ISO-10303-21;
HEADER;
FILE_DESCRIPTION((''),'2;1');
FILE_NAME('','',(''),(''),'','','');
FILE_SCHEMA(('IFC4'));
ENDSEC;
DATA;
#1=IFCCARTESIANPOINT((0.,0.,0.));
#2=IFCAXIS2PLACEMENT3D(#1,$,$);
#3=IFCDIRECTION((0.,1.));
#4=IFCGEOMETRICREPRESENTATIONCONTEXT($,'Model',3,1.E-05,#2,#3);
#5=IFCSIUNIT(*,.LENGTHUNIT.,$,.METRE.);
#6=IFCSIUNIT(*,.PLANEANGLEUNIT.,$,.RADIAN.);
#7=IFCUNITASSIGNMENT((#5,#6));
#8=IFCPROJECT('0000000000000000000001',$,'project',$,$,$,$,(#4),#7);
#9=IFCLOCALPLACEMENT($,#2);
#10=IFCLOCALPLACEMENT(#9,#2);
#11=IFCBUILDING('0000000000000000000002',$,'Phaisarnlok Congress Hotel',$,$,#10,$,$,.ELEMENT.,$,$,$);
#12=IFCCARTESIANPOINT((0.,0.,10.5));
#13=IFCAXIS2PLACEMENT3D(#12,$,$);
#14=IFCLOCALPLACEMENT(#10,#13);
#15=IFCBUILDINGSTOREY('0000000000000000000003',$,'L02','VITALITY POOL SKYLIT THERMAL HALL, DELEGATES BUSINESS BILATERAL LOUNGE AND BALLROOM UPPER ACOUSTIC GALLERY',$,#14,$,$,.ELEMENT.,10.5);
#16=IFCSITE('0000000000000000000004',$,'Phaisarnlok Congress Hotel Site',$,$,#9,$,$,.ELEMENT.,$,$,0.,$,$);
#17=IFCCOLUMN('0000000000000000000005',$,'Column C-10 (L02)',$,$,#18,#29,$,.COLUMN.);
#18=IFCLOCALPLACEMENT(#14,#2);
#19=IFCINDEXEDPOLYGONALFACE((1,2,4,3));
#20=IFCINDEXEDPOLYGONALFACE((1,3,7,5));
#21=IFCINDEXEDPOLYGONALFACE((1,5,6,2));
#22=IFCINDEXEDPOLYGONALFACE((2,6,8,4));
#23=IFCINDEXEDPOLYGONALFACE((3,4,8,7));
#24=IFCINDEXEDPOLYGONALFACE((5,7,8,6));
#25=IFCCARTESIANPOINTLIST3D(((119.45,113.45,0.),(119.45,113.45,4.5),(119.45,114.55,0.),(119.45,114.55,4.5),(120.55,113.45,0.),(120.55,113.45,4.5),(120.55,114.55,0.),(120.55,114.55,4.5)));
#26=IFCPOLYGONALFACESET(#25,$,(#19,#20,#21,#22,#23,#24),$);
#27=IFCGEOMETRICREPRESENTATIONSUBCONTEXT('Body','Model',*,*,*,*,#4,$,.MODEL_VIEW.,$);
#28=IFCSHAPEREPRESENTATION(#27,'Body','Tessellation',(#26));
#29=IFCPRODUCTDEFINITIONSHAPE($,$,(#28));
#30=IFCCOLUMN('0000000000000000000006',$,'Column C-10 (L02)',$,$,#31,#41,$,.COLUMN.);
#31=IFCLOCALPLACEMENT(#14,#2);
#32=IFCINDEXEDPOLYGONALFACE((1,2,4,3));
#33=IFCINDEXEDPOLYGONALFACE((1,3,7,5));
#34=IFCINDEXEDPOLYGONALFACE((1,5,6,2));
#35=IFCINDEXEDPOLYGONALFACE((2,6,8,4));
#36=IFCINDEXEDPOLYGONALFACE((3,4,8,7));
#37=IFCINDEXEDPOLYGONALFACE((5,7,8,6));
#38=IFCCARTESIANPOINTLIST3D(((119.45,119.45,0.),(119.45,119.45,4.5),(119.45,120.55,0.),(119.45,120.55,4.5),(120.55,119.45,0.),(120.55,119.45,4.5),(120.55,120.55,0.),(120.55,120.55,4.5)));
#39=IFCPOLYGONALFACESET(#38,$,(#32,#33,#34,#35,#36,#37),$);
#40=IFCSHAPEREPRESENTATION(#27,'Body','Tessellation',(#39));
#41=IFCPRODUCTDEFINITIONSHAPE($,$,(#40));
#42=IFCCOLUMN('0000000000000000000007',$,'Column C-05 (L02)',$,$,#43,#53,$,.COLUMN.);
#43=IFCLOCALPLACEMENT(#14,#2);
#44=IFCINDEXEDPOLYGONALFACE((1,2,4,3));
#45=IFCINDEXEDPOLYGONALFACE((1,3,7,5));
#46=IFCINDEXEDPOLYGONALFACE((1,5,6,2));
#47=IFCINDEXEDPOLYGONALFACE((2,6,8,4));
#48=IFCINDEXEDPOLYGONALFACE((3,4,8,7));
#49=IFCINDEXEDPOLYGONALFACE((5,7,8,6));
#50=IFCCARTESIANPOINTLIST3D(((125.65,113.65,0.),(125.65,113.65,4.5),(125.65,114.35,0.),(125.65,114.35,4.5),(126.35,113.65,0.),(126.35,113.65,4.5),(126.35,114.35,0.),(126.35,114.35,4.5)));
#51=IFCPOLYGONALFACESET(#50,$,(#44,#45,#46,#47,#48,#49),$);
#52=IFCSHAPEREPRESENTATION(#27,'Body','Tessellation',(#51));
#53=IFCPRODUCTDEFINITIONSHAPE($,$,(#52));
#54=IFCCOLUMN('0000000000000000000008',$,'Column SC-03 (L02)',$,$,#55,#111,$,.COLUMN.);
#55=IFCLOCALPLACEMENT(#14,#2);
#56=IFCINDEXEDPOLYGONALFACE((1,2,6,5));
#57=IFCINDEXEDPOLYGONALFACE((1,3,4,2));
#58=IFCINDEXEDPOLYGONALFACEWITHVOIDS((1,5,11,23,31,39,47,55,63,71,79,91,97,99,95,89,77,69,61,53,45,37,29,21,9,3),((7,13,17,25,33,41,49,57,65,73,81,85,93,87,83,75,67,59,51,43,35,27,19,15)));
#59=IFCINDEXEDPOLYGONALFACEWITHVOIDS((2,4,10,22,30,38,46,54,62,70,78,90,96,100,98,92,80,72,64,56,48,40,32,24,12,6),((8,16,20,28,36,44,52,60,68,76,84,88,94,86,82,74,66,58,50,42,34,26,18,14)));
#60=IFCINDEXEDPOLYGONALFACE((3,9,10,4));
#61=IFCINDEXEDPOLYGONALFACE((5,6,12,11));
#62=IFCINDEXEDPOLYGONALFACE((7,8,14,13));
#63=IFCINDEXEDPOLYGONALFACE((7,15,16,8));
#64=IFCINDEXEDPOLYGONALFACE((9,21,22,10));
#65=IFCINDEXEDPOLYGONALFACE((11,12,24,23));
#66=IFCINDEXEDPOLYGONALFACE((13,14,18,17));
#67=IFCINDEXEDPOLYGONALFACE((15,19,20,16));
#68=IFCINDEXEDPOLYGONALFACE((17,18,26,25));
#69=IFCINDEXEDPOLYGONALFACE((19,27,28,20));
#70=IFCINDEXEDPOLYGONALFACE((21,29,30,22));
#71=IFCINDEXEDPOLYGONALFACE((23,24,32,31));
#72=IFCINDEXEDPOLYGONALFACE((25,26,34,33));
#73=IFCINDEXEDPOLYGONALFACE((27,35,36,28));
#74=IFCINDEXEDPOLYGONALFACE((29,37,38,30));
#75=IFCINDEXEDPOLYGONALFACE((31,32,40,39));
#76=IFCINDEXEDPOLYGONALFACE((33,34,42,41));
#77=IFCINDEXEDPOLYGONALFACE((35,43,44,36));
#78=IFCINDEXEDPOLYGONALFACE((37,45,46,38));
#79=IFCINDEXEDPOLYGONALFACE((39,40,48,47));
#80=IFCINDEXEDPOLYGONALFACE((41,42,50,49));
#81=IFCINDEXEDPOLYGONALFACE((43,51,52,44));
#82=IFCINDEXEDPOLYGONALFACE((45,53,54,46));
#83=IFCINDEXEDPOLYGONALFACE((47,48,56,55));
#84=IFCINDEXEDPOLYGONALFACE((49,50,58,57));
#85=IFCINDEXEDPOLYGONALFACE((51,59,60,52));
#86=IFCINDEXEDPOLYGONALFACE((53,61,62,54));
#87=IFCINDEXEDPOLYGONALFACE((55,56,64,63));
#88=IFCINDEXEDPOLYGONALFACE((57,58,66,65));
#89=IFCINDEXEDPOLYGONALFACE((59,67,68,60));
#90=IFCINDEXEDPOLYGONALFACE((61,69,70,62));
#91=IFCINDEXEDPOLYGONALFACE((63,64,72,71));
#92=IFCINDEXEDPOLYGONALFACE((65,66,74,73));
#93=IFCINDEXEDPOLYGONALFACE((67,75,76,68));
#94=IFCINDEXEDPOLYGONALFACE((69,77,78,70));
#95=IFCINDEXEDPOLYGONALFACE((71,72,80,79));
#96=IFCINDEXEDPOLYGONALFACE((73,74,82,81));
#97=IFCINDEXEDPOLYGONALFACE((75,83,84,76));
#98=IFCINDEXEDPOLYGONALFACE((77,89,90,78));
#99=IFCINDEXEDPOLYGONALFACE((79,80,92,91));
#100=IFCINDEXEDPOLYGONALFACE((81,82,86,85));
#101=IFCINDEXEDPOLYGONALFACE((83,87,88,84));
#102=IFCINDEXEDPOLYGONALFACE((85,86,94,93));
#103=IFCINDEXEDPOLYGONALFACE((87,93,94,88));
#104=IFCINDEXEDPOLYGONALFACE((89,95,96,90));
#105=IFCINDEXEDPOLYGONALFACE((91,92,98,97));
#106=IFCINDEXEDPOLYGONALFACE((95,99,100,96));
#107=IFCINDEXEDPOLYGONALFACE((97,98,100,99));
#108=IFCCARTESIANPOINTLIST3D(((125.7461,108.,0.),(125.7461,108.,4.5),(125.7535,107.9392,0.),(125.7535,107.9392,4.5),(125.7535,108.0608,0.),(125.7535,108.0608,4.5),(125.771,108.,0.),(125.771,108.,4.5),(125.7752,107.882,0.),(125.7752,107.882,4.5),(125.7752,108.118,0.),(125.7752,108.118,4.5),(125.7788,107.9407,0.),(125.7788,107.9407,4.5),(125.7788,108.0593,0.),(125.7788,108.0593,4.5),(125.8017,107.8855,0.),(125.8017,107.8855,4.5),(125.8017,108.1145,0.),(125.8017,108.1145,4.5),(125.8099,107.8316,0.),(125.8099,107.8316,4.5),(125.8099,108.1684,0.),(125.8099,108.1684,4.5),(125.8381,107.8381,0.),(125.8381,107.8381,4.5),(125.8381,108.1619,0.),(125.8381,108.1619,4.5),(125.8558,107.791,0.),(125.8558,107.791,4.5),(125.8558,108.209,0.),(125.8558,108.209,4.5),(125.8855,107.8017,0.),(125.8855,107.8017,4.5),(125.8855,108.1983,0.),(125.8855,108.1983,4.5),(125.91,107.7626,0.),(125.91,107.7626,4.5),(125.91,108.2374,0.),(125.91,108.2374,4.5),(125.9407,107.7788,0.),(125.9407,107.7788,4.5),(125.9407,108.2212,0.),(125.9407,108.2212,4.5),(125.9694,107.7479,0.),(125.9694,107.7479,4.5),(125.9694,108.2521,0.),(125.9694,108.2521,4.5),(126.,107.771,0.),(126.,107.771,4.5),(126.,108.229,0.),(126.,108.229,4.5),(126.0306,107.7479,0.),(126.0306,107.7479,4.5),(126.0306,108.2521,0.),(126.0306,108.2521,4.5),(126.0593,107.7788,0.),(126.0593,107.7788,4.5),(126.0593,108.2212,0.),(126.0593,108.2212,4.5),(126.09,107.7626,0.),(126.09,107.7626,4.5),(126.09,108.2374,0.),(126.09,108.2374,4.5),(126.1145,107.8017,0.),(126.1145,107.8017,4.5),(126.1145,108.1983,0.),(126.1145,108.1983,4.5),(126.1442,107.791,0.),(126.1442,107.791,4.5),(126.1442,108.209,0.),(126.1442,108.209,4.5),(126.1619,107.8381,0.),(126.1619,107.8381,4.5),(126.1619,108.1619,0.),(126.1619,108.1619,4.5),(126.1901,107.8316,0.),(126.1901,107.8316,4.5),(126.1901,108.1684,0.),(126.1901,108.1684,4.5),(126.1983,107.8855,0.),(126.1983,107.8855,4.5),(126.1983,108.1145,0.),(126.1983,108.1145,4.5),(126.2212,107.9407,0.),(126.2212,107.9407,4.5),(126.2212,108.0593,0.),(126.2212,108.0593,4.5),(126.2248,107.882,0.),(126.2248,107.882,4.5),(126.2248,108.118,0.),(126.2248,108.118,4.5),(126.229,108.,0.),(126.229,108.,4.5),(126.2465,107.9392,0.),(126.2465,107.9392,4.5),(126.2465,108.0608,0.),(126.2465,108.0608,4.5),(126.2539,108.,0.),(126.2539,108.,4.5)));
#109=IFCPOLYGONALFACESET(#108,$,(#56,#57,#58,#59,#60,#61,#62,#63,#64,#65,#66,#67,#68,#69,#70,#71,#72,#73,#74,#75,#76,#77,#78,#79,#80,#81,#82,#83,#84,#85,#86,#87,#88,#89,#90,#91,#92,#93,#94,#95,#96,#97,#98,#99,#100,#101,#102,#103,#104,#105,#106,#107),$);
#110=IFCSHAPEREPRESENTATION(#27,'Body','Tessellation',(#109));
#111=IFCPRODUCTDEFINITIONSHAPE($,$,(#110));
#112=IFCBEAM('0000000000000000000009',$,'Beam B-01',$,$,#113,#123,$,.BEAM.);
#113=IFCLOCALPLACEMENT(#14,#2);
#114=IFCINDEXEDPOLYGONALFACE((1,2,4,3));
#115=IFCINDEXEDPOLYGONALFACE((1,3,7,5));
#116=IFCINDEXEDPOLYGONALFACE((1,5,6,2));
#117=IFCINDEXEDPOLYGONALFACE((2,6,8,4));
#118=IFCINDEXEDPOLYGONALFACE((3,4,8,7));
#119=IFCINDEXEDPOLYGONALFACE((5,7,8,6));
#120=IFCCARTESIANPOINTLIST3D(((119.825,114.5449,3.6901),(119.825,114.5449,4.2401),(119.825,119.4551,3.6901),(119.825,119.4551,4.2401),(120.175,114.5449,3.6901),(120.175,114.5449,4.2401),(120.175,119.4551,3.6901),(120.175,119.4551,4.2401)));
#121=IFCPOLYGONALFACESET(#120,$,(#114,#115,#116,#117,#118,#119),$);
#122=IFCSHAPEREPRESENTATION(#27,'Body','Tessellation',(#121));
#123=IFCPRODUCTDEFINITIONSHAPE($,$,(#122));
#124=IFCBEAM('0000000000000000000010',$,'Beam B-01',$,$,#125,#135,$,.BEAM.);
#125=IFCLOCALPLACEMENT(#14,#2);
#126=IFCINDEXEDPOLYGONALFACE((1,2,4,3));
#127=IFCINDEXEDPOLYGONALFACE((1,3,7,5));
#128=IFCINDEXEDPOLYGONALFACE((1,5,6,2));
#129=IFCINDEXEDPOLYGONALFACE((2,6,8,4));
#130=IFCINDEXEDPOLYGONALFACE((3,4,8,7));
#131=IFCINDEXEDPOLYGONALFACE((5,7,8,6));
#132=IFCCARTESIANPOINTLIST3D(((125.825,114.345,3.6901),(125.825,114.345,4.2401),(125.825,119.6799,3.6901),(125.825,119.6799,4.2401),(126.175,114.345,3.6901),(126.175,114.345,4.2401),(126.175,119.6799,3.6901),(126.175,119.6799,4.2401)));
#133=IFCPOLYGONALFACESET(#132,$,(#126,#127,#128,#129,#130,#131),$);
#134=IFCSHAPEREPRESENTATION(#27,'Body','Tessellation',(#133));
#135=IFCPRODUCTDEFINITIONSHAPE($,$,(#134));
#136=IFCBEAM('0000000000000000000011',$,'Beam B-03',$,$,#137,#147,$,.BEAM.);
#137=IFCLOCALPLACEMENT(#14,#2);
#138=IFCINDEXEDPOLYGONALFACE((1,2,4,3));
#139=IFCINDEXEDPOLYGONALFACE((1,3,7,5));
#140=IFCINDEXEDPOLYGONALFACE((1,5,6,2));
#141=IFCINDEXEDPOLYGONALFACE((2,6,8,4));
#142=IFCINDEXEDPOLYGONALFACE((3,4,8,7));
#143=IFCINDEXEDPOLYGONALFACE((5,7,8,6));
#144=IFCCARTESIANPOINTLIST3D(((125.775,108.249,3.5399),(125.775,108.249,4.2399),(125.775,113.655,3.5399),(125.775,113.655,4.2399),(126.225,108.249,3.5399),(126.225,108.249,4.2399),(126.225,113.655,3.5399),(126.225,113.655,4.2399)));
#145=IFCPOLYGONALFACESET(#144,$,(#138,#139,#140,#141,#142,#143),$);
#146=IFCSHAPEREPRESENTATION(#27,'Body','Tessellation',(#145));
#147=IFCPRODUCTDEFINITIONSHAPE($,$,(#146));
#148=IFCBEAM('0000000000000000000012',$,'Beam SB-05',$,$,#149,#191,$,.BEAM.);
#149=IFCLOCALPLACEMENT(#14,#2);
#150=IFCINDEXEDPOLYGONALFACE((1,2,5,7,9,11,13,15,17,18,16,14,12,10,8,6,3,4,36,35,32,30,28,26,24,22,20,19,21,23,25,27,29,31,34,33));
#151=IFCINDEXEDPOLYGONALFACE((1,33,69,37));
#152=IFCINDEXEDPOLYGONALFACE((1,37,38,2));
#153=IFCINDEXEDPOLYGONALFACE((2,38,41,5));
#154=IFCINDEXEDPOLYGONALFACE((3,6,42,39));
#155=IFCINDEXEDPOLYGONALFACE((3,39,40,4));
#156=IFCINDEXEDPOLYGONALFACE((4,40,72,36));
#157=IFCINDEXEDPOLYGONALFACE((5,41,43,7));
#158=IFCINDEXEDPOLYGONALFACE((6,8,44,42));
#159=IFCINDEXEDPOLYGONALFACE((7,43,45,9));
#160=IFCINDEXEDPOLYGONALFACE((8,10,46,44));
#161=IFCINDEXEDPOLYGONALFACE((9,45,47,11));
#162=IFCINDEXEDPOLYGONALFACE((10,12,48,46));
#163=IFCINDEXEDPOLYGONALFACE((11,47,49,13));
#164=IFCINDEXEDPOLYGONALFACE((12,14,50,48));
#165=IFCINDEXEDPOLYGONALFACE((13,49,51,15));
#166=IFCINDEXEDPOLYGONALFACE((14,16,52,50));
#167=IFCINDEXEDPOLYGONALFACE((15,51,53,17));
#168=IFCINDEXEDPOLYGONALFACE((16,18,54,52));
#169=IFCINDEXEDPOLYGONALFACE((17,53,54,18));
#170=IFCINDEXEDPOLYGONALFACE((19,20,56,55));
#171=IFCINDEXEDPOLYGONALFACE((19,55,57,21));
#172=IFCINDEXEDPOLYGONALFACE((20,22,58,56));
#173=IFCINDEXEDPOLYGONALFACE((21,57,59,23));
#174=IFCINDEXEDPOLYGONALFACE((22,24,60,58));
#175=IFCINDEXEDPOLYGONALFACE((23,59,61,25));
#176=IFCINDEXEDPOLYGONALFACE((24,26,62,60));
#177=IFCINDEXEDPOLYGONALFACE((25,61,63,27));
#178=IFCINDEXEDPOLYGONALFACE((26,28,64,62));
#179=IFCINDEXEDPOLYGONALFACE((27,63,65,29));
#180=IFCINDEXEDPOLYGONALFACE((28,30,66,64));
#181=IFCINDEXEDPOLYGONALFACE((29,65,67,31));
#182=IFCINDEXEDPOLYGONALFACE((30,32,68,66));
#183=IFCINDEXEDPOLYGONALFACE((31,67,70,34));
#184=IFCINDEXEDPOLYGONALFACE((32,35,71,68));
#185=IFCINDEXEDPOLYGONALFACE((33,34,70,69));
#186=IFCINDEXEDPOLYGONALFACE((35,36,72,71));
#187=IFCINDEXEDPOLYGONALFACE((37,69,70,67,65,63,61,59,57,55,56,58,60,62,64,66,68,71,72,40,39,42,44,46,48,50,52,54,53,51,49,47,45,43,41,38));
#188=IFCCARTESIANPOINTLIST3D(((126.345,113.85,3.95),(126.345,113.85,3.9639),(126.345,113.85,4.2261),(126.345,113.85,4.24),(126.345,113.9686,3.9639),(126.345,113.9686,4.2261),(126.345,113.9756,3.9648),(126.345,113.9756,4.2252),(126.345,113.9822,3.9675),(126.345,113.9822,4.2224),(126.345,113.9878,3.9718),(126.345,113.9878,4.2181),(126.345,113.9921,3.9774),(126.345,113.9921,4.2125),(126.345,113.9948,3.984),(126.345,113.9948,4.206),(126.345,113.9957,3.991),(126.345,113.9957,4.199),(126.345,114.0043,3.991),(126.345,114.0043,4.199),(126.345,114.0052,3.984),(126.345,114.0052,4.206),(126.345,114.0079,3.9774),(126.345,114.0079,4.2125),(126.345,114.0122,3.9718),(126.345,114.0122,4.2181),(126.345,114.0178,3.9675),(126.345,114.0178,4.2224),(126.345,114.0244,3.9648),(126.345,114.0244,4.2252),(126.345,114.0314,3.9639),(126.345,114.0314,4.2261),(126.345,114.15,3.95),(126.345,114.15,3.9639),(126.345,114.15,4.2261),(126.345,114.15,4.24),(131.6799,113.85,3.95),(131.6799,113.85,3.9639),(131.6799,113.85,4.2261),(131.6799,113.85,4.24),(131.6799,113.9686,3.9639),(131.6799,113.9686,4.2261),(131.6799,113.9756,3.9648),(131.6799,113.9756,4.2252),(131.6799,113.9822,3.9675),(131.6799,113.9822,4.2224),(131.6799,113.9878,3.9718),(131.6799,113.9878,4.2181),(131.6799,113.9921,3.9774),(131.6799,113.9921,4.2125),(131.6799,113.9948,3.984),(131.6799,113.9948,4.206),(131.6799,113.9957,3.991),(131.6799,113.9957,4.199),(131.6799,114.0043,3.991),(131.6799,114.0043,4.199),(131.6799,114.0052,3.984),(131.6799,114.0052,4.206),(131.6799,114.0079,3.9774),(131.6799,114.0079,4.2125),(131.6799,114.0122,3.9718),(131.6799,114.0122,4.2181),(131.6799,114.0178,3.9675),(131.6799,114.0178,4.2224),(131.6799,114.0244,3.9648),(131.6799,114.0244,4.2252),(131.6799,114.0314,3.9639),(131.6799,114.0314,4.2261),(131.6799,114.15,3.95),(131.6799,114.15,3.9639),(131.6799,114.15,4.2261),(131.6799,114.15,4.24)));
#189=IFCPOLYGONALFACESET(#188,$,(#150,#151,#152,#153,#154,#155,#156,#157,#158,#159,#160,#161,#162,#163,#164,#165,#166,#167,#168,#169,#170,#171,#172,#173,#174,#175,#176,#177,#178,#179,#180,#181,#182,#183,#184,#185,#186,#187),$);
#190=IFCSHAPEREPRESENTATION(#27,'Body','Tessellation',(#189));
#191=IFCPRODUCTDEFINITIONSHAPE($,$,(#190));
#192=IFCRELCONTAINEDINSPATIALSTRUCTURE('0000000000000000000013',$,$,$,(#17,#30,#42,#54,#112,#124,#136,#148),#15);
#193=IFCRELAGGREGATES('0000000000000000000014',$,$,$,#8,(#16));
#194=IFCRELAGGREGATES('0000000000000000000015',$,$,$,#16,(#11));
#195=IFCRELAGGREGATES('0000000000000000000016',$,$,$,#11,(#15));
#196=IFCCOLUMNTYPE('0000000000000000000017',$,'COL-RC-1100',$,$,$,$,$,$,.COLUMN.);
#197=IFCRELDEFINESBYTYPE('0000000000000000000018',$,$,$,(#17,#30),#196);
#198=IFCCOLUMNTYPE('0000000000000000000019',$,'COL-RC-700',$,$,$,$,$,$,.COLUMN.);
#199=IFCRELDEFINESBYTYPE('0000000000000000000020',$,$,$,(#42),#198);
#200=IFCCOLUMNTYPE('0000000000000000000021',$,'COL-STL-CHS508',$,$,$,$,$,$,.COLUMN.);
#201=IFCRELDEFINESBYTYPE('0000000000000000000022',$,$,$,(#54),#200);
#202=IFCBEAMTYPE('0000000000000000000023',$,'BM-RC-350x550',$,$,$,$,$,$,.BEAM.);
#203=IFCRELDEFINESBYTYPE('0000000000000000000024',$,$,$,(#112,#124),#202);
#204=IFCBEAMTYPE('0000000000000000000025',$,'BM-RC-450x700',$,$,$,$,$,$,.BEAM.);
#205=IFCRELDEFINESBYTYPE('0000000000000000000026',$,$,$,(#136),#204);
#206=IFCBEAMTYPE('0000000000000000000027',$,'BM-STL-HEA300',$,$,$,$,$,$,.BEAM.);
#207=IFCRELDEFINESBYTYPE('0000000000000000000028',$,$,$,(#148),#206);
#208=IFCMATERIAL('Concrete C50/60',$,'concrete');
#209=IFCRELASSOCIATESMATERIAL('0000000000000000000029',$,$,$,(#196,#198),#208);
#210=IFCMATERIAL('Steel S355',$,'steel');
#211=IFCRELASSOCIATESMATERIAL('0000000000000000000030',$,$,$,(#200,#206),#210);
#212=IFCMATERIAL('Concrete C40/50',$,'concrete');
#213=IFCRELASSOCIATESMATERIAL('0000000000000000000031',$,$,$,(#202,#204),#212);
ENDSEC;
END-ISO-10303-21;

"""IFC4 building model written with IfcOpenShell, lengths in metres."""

from ifc_helpers import new_model, si_unit, direction, frame, origin, origin_2d, place, context, subcontext, project, spatial, rectangle, hollow_circle, i_section, extrude, material, material_profile, profile_set, type_object, element, save


model = new_model("IFC4")

# Units and contexts
model_context = context("Model", 3, precision=1e-05, world=origin(), true_north=direction((0.0, 1.0)))
body_context = subcontext(model_context, "Body", "Model", "MODEL_VIEW")
ifc_project = project(units=[si_unit("LENGTHUNIT", "METRE"), si_unit("PLANEANGLEUNIT", "RADIAN")], contexts=[model_context])

# Site, building, storey
site_placement = place(None, origin())
site = spatial("IfcSite", under=ifc_project, at=site_placement, Name="Phaisarnlok Congress Hotel Site", CompositionType="ELEMENT", RefElevation=0.0)
building_placement = place(site_placement, origin())
building = spatial("IfcBuilding", under=site, at=building_placement, Name="Phaisarnlok Congress Hotel", CompositionType="ELEMENT")
storey_placement = place(building_placement, frame((0.0, 0.0, 10.5)))
storey = spatial("IfcBuildingStorey", under=building, at=storey_placement, Name="L02", Description="VITALITY POOL SKYLIT THERMAL HALL, DELEGATES BUSINESS BILATERAL LOUNGE AND BALLROOM UPPER ACOUSTIC GALLERY", CompositionType="ELEMENT", Elevation=10.5)

# Columns
ifc_material_1 = material(Name="Concrete C50/60", Category="concrete")
ifc_material_profile_1 = material_profile(ifc_material_1, rectangle(XDim=1.1001, YDim=1.1001, at=origin_2d()), Name="RC 1100x1100")
ifc_profile_set_1 = profile_set([ifc_material_profile_1], Name="Concrete C50/60")
column_type_1 = type_object("IfcColumnType", Name="COL-RC-1100", PredefinedType="COLUMN", material=ifc_profile_set_1)
for number, where, z_axis, x_axis, name in (
    (1, (120.0, 114.0, 0.0), (0.0, 0.0, 1.0), (1.0, 0.0, 0.0), "Column C-10 (L02)"),
    (2, (120.0, 120.0, 0.0), (0.0, 0.0, 1.0), (1.0, 0.0, 0.0), "Column C-10 (L02)"),
):
    element("IfcColumn", number, at=place(storey_placement, frame(where, z_axis=z_axis, x_axis=x_axis)), inside=storey, type_object=column_type_1, Name=name, PredefinedType="COLUMN", context=body_context, shape_type="SweptSolid", body=[
        extrude(rectangle(XDim=1.1001, YDim=1.1001, at=origin_2d()), origin(), (0.0, 0.0, 1.0), 4.5),
    ])
ifc_material_profile_2 = material_profile(ifc_material_1, rectangle(XDim=0.7, YDim=0.7, at=origin_2d()), Name="RC 700x700")
ifc_profile_set_2 = profile_set([ifc_material_profile_2], Name="Concrete C50/60")
column_type_2 = type_object("IfcColumnType", Name="COL-RC-700", PredefinedType="COLUMN", material=ifc_profile_set_2)
column_1_placement = place(storey_placement, frame((126.0, 114.0, 0.0), z_axis=(0.0, 0.0, 1.0), x_axis=(1.0, 0.0, 0.0)))
element("IfcColumn", 3, at=column_1_placement, inside=storey, type_object=column_type_2, Name="Column C-05 (L02)", PredefinedType="COLUMN", context=body_context, shape_type="SweptSolid", body=[
    extrude(rectangle(XDim=0.7, YDim=0.7, at=origin_2d()), origin(), (0.0, 0.0, 1.0), 4.5),
])
ifc_material_2 = material(Name="Steel S355", Category="steel")
ifc_material_profile_3 = material_profile(ifc_material_2, hollow_circle(Radius=0.2539, WallThickness=0.0249, at=origin_2d()), Name="CHS 508x25")
ifc_profile_set_3 = profile_set([ifc_material_profile_3], Name="Steel S355")
column_type_3 = type_object("IfcColumnType", Name="COL-STL-CHS508", PredefinedType="COLUMN", material=ifc_profile_set_3)
column_2_placement = place(storey_placement, frame((126.0, 108.0, 0.0), z_axis=(0.0, 0.0, 1.0), x_axis=(1.0, 0.0, 0.0)))
element("IfcColumn", 4, at=column_2_placement, inside=storey, type_object=column_type_3, Name="Column SC-03 (L02)", PredefinedType="COLUMN", context=body_context, shape_type="SweptSolid", body=[
    extrude(hollow_circle(Radius=0.2539, WallThickness=0.0249, at=origin_2d()), origin(), (0.0, 0.0, 1.0), 4.5),
])

# Beams
ifc_material_3 = material(Name="Concrete C40/50", Category="concrete")
ifc_material_profile_4 = material_profile(ifc_material_3, rectangle(XDim=0.3501, YDim=0.55, at=origin_2d()), Name="RC 350x550")
ifc_profile_set_4 = profile_set([ifc_material_profile_4], Name="Concrete C40/50")
beam_type_1 = type_object("IfcBeamType", Name="BM-RC-350x550", PredefinedType="BEAM", material=ifc_profile_set_4)
beam_1_placement = place(storey_placement, frame((120.0, 114.5449, 3.9651), z_axis=(0.0, 1.0, 0.0), x_axis=(-1.0, 0.0, 0.0)))
element("IfcBeam", 5, at=beam_1_placement, inside=storey, type_object=beam_type_1, Name="Beam B-01", PredefinedType="BEAM", context=body_context, shape_type="SweptSolid", body=[
    extrude(rectangle(XDim=0.3501, YDim=0.55, at=origin_2d()), origin(), (0.0, 0.0, 1.0), 4.9102),
])
beam_2_placement = place(storey_placement, frame((126.0, 114.345, 3.9651), z_axis=(0.0, 1.0, 0.0), x_axis=(-1.0, 0.0, 0.0)))
element("IfcBeam", 6, at=beam_2_placement, inside=storey, type_object=beam_type_1, Name="Beam B-01", PredefinedType="BEAM", context=body_context, shape_type="SweptSolid", body=[
    extrude(rectangle(XDim=0.3501, YDim=0.55, at=origin_2d()), origin(), (0.0, 0.0, 1.0), 5.335),
])
ifc_material_profile_5 = material_profile(ifc_material_3, rectangle(XDim=0.45, YDim=0.7, at=origin_2d()), Name="RC 450x700")
ifc_profile_set_5 = profile_set([ifc_material_profile_5], Name="Concrete C40/50")
beam_type_2 = type_object("IfcBeamType", Name="BM-RC-450x700", PredefinedType="BEAM", material=ifc_profile_set_5)
beam_3_placement = place(storey_placement, frame((126.0, 108.249, 3.8899), z_axis=(0.0, 1.0, 0.0), x_axis=(-1.0, 0.0, 0.0)))
element("IfcBeam", 7, at=beam_3_placement, inside=storey, type_object=beam_type_2, Name="Beam B-03", PredefinedType="BEAM", context=body_context, shape_type="SweptSolid", body=[
    extrude(rectangle(XDim=0.45, YDim=0.7, at=origin_2d()), origin(), (0.0, 0.0, 1.0), 5.406),
])
ifc_material_profile_6 = material_profile(ifc_material_2, i_section(OverallWidth=0.3, OverallDepth=0.29, WebThickness=0.0085, FlangeThickness=0.0139, FilletRadius=0.0271, at=origin_2d()), Name="HEA 300")
ifc_profile_set_6 = profile_set([ifc_material_profile_6], Name="Steel S355")
beam_type_3 = type_object("IfcBeamType", Name="BM-STL-HEA300", PredefinedType="BEAM", material=ifc_profile_set_6)
beam_4_placement = place(storey_placement, frame((126.345, 114.0, 4.095), z_axis=(1.0, 0.0, 0.0), x_axis=(0.0, 1.0, 0.0)))
element("IfcBeam", 8, at=beam_4_placement, inside=storey, type_object=beam_type_3, Name="Beam SB-05", PredefinedType="BEAM", context=body_context, shape_type="SweptSolid", body=[
    extrude(i_section(OverallWidth=0.3, OverallDepth=0.29, WebThickness=0.0085, FlangeThickness=0.0139, FilletRadius=0.0271, at=origin_2d()), origin(), (0.0, 0.0, 1.0), 5.335),
])

save(model, "model.ifc")
